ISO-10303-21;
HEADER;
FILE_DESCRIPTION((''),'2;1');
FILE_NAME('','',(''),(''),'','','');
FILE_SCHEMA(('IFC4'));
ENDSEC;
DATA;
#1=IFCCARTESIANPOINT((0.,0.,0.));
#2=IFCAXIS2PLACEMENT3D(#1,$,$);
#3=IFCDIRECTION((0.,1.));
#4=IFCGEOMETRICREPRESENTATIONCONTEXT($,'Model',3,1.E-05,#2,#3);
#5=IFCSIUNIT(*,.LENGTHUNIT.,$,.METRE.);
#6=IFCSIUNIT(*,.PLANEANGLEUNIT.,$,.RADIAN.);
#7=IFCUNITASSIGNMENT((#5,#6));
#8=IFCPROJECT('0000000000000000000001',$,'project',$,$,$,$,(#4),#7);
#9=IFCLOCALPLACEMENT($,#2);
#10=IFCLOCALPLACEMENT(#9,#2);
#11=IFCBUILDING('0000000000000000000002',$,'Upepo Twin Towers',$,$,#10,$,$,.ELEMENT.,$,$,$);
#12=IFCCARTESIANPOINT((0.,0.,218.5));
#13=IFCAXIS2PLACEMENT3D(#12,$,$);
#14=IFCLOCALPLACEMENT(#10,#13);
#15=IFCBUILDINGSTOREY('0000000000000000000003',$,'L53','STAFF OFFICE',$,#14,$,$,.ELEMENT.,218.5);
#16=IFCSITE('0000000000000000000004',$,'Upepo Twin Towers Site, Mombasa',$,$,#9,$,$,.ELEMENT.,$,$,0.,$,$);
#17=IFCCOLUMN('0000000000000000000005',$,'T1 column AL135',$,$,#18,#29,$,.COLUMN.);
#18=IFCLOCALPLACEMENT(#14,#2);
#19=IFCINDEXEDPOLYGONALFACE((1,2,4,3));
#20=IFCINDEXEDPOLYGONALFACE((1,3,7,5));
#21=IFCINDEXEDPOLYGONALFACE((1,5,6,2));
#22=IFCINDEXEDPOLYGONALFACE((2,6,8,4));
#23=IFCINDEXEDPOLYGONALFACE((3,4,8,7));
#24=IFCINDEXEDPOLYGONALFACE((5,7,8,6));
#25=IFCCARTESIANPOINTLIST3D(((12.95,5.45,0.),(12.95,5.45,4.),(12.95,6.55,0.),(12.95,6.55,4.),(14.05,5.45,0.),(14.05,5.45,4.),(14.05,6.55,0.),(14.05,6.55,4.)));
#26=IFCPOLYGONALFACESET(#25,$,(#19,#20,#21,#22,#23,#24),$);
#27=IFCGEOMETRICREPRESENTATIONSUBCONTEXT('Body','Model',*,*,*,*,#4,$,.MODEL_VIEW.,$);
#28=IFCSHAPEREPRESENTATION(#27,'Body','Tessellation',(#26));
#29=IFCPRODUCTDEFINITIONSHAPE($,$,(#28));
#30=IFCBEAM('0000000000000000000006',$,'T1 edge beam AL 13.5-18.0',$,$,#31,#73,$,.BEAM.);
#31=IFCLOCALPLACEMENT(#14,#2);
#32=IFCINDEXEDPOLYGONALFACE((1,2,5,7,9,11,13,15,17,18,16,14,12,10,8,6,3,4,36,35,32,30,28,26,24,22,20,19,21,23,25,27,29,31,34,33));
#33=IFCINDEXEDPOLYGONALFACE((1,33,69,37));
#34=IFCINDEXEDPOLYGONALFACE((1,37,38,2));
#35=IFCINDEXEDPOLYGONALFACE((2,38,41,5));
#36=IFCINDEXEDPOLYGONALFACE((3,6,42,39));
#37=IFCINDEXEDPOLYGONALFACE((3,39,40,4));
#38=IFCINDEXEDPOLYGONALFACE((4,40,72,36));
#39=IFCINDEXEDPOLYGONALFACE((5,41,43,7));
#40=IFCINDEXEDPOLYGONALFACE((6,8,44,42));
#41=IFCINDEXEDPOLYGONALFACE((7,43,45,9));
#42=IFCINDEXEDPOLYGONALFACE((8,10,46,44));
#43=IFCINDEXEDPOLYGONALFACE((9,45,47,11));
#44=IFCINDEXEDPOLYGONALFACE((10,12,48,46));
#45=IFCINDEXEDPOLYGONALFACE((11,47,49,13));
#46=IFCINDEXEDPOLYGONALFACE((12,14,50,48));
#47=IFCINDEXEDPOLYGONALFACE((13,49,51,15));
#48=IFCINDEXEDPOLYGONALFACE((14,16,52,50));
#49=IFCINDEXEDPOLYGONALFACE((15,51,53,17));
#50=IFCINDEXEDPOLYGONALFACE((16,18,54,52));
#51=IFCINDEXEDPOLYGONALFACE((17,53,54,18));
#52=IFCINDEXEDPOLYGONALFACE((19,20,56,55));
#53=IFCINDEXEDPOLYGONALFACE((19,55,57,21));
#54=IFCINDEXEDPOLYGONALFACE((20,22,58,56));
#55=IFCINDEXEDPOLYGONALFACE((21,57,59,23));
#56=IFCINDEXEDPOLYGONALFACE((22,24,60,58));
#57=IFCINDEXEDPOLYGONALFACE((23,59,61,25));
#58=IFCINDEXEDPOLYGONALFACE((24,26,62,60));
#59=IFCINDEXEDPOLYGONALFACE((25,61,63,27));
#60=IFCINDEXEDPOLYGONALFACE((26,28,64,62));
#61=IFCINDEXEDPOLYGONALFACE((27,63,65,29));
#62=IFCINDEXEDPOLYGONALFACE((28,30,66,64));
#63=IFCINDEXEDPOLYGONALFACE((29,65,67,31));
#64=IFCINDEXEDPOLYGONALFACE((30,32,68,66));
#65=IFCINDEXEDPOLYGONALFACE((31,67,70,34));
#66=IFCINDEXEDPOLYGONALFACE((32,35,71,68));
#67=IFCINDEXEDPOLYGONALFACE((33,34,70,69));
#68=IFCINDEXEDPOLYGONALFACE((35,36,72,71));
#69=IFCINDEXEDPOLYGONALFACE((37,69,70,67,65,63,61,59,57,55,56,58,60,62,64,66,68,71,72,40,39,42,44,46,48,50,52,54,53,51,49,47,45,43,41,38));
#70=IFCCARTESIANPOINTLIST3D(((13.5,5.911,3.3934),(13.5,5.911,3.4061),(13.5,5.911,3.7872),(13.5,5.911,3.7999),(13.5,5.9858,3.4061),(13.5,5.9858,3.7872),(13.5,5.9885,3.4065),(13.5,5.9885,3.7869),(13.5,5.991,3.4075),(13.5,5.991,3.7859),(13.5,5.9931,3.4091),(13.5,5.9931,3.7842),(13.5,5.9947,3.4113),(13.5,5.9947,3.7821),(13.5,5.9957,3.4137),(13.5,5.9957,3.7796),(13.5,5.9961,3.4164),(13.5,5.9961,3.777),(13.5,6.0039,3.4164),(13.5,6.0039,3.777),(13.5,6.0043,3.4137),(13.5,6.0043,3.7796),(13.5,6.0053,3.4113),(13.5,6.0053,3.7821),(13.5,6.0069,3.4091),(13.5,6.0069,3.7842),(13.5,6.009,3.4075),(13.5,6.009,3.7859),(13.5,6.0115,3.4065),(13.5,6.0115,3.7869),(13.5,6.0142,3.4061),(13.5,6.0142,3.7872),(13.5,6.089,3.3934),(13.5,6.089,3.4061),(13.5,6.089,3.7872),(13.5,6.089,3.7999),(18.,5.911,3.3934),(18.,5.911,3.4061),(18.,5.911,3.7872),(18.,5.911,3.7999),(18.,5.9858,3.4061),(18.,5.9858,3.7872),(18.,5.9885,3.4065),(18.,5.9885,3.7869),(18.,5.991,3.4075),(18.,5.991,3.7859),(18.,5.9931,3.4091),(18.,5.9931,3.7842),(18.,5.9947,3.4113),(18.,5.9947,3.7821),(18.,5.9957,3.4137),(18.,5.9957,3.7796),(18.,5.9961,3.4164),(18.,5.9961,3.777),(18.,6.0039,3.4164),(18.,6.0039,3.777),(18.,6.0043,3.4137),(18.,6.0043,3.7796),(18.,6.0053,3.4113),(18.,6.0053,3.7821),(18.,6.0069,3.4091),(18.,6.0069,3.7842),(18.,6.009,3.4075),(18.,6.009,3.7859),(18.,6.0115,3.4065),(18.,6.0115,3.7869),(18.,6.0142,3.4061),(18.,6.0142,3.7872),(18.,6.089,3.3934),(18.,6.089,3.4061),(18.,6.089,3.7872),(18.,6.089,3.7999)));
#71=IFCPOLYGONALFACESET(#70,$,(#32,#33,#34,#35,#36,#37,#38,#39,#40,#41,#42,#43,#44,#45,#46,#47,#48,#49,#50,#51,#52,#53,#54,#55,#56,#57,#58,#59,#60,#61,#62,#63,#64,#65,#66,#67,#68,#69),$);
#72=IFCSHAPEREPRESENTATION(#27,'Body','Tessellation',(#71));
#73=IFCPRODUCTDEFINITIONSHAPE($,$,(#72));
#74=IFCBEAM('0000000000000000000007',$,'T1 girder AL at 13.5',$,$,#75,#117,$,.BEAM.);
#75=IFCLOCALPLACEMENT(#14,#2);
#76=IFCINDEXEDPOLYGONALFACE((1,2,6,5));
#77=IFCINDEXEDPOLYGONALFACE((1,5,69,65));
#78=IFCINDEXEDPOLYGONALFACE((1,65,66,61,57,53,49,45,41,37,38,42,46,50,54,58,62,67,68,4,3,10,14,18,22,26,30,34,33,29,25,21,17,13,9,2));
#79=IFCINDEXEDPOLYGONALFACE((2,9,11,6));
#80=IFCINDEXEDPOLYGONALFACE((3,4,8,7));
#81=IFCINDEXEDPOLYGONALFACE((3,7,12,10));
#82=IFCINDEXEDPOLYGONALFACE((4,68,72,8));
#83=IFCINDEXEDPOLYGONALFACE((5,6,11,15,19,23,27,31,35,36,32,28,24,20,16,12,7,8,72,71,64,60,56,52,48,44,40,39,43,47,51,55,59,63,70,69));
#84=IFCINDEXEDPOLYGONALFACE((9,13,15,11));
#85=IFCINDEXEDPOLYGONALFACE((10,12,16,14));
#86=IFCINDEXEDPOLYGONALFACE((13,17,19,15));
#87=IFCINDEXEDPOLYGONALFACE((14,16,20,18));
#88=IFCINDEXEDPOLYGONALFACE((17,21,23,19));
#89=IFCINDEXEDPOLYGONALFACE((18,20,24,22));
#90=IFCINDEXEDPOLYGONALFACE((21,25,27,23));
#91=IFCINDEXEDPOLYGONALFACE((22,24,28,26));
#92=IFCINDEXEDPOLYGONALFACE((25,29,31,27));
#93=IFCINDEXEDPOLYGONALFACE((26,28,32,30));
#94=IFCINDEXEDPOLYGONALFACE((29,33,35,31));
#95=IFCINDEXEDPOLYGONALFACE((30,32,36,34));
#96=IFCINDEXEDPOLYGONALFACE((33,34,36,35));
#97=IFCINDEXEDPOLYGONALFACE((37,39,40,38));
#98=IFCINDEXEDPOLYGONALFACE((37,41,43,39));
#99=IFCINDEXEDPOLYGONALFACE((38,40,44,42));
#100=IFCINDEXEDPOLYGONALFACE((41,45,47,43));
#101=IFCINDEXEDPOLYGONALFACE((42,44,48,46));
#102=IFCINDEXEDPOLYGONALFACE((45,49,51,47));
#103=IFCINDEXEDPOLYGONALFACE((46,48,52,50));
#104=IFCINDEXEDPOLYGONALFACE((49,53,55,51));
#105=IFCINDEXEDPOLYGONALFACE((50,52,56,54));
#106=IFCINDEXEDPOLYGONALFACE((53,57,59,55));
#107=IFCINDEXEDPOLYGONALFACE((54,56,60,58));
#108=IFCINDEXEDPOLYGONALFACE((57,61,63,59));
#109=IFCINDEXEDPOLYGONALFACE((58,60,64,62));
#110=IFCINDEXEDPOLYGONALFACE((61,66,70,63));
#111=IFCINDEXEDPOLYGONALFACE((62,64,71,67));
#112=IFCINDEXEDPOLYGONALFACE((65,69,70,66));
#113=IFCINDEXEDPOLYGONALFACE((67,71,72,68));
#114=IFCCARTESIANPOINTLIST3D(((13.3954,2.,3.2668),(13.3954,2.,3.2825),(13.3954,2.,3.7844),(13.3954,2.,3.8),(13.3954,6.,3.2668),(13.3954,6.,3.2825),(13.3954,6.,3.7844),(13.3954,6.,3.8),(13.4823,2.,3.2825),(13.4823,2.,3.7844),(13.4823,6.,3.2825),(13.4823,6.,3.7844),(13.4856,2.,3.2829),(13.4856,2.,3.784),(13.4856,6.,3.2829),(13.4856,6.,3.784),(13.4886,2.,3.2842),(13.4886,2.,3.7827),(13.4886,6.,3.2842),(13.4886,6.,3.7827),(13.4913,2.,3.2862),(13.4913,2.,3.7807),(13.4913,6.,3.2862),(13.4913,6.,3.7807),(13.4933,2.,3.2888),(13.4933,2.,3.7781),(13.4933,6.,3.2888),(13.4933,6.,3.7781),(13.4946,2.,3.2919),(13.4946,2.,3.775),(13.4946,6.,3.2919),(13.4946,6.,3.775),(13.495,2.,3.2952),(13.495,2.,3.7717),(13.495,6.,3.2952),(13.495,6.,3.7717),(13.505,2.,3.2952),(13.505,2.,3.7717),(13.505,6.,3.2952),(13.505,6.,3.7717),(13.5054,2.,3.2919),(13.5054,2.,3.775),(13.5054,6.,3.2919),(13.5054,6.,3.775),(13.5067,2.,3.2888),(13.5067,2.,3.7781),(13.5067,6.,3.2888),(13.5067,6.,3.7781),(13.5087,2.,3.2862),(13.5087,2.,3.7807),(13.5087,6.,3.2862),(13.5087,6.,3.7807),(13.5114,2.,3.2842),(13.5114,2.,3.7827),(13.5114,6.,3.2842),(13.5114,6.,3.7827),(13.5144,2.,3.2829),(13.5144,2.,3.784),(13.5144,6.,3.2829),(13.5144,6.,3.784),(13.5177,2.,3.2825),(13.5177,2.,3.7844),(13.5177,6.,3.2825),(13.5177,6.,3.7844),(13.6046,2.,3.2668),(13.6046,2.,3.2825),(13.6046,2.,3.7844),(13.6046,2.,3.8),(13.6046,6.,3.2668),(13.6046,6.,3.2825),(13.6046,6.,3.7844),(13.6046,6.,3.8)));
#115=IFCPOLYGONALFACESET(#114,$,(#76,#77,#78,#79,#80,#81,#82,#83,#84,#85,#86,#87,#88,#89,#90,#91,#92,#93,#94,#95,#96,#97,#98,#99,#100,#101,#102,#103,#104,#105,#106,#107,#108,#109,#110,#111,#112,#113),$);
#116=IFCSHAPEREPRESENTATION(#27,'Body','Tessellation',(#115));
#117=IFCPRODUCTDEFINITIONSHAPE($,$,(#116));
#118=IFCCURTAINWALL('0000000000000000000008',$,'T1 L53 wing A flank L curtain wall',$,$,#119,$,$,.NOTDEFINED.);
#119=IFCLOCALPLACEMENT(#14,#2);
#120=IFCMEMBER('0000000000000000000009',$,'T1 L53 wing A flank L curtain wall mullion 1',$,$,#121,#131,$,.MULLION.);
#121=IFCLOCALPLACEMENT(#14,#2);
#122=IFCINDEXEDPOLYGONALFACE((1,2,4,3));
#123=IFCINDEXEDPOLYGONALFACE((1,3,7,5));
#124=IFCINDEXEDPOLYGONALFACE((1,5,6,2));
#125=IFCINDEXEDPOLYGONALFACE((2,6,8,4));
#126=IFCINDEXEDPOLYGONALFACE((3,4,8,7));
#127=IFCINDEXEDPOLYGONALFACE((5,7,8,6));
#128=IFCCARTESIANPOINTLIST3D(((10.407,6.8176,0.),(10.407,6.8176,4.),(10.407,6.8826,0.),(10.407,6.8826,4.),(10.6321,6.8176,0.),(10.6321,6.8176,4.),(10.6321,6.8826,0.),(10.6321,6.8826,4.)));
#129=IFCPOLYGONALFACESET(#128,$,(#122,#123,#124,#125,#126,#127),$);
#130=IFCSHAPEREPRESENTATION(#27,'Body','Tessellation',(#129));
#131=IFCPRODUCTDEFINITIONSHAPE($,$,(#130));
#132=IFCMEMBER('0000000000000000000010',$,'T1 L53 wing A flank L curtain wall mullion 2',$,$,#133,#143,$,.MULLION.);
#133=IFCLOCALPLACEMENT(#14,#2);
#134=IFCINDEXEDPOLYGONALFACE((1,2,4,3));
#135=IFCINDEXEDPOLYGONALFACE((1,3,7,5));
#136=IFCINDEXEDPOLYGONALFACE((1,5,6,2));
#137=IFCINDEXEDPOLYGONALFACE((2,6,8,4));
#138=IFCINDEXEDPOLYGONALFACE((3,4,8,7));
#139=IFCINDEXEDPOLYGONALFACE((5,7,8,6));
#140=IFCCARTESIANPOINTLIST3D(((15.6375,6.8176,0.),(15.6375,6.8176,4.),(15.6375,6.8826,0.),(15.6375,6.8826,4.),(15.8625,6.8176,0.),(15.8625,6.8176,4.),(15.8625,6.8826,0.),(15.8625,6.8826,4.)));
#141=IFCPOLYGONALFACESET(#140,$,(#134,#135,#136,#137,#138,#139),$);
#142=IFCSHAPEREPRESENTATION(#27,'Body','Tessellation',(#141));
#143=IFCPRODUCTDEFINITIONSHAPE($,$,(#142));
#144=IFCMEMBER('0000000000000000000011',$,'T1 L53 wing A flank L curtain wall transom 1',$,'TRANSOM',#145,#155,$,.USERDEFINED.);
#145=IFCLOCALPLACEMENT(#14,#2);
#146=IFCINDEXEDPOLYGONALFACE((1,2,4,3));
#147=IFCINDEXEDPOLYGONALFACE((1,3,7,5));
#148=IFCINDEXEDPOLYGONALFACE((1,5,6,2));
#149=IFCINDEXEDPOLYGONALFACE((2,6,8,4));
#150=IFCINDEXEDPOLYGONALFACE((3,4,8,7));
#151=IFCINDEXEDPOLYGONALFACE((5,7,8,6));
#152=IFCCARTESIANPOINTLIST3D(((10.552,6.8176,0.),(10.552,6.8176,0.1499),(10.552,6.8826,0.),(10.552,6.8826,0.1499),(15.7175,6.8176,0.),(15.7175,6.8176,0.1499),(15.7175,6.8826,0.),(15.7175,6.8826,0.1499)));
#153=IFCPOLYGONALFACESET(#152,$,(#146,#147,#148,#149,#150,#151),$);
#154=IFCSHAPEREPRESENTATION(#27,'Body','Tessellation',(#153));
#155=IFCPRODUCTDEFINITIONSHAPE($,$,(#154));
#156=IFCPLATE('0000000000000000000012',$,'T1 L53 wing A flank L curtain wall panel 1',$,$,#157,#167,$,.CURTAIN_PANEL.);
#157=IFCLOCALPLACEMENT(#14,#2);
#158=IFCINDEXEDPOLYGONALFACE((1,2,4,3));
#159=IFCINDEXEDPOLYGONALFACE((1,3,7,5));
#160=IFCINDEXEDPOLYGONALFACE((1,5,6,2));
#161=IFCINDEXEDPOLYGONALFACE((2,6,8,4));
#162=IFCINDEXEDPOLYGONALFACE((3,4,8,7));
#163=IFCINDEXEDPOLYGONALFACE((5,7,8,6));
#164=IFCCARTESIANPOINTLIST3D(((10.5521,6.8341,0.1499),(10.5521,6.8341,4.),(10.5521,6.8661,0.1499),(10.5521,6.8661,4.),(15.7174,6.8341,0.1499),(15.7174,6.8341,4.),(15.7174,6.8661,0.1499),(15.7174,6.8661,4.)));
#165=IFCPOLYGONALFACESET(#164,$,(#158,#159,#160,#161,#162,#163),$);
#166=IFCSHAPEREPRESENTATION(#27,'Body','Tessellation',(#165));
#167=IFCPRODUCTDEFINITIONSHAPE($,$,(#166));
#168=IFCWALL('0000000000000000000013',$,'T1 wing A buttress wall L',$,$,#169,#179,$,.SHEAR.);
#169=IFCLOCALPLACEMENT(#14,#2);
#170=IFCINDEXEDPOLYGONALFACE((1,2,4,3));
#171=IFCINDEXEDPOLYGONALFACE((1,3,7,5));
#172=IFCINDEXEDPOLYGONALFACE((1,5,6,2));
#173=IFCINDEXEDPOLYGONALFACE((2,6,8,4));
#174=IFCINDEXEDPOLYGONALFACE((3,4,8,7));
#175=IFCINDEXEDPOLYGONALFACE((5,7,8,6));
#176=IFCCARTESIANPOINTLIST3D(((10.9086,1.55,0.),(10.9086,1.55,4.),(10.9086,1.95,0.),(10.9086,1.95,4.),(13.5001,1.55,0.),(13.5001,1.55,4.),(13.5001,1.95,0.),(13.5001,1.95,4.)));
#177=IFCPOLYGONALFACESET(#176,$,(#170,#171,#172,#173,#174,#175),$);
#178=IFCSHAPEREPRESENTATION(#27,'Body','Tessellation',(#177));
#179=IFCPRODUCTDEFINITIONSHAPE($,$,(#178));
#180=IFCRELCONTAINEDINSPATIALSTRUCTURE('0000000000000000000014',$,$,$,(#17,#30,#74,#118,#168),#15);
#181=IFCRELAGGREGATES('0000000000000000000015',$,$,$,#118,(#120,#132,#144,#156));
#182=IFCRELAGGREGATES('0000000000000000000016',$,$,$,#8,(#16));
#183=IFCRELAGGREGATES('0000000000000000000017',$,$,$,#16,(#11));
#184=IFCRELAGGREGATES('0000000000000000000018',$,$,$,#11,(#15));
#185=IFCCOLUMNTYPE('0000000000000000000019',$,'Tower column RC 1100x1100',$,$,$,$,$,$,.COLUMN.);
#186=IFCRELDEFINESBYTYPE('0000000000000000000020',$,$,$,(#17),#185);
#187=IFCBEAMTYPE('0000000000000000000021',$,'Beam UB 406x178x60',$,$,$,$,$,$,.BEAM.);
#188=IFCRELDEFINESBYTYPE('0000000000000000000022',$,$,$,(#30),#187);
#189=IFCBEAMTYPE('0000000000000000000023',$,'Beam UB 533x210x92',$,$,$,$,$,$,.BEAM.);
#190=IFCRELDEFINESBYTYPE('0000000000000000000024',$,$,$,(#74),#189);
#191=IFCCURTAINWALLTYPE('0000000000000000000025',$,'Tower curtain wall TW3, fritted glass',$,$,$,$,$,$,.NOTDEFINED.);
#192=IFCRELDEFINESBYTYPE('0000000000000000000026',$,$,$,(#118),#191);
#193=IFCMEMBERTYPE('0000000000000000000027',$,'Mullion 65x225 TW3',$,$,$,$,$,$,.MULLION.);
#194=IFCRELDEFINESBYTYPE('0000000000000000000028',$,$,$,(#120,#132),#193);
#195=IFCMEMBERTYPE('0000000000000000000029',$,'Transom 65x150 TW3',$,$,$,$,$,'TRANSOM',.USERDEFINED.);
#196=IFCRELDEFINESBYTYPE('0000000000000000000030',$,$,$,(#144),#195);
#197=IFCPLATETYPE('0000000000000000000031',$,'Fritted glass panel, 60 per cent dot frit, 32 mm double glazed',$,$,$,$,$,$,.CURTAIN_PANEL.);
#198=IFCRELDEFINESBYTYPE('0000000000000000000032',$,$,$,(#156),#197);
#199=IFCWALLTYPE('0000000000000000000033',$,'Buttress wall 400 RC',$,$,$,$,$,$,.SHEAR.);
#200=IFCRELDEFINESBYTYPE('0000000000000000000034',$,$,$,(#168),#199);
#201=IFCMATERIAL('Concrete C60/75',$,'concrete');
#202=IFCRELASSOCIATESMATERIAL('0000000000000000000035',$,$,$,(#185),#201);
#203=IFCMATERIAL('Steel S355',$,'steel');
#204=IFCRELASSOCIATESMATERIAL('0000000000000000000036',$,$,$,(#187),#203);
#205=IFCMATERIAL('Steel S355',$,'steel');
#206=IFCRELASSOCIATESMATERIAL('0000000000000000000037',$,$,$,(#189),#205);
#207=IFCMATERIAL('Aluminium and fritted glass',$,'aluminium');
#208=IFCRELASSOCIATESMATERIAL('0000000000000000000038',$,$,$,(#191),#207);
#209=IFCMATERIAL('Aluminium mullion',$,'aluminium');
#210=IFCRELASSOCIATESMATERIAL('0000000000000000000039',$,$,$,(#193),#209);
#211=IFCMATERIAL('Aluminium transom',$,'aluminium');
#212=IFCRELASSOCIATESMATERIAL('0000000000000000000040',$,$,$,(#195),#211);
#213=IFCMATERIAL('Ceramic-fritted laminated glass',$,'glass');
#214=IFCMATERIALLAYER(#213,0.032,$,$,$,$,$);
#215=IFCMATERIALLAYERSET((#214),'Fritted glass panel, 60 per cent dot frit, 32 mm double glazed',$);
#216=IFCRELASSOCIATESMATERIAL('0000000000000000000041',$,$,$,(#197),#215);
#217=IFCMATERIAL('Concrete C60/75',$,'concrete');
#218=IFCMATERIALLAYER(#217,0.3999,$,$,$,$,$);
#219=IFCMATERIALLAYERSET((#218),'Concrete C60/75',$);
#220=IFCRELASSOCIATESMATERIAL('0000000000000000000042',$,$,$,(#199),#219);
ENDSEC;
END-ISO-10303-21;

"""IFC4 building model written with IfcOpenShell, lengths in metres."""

from ifc_helpers import new_model, si_unit, direction, frame, frame_2d, origin, origin_2d, place, context, subcontext, project, spatial, rectangle, i_section, extrude, material, layer, layer_set, material_profile, profile_set, type_object, element, aggregate, save


model = new_model("IFC4")

# Units and contexts
model_context = context("Model", 3, precision=1e-05, world=origin(), true_north=direction((0.0, 1.0)))
body_context = subcontext(model_context, "Body", "Model", "MODEL_VIEW")
ifc_project = project(units=[si_unit("LENGTHUNIT", "METRE"), si_unit("PLANEANGLEUNIT", "RADIAN")], contexts=[model_context])

# Site, building, storey
site_placement = place(None, origin())
site = spatial("IfcSite", under=ifc_project, at=site_placement, Name="Upepo Twin Towers Site, Mombasa", CompositionType="ELEMENT", RefElevation=0.0)
building_placement = place(site_placement, origin())
building = spatial("IfcBuilding", under=site, at=building_placement, Name="Upepo Twin Towers", CompositionType="ELEMENT")
storey_placement = place(building_placement, frame((0.0, 0.0, 218.5)))
storey = spatial("IfcBuildingStorey", under=building, at=storey_placement, Name="L53", Description="STAFF OFFICE", CompositionType="ELEMENT", Elevation=218.5)

# Column
ifc_material_1 = material(Name="Concrete C60/75", Category="concrete")
ifc_material_profile_1 = material_profile(ifc_material_1, rectangle(XDim=1.1001, YDim=1.1001, at=origin_2d()), Name="RC 1100x1100")
ifc_profile_set_1 = profile_set([ifc_material_profile_1], Name="Concrete C60/75")
column_type = type_object("IfcColumnType", Name="Tower column RC 1100x1100", PredefinedType="COLUMN", material=ifc_profile_set_1)
column_placement = place(storey_placement, frame((13.5, 6.0, 0.0), z_axis=(0.0, 0.0, 1.0), x_axis=(1.0, 0.0, 0.0)))
element("IfcColumn", 1, at=column_placement, inside=storey, type_object=column_type, Name="T1 column AL135", PredefinedType="COLUMN", context=body_context, shape_type="SweptSolid", body=[
    extrude(rectangle(XDim=1.1001, YDim=1.1001, at=origin_2d()), origin(), (0.0, 0.0, 1.0), 4.0),
])

# Beams
ifc_material_2 = material(Name="Steel S355", Category="steel")
ifc_material_profile_2 = material_profile(ifc_material_2, i_section(OverallWidth=0.178, OverallDepth=0.4065, WebThickness=0.0078, FlangeThickness=0.0127, FilletRadius=0.0103, at=origin_2d()), Name="UB 406x178x60")
ifc_profile_set_2 = profile_set([ifc_material_profile_2], Name="Steel S355")
beam_type_1 = type_object("IfcBeamType", Name="Beam UB 406x178x60", PredefinedType="BEAM", material=ifc_profile_set_2)
beam_1_placement = place(storey_placement, frame((13.5, 6.0, 3.5967), z_axis=(1.0, 0.0, 0.0), x_axis=(0.0, 1.0, 0.0)))
element("IfcBeam", 2, at=beam_1_placement, inside=storey, type_object=beam_type_1, Name="T1 edge beam AL 13.5-18.0", PredefinedType="BEAM", context=body_context, shape_type="SweptSolid", body=[
    extrude(i_section(OverallWidth=0.178, OverallDepth=0.4065, WebThickness=0.0078, FlangeThickness=0.0127, FilletRadius=0.0103, at=origin_2d()), origin(), (0.0, 0.0, 1.0), 4.5),
])
ifc_material_3 = material(Name="Steel S355", Category="steel")
ifc_material_profile_3 = material_profile(ifc_material_3, i_section(OverallWidth=0.2092, OverallDepth=0.5332, WebThickness=0.01, FlangeThickness=0.0156, FilletRadius=0.0127, at=origin_2d()), Name="UB 533x210x92")
ifc_profile_set_3 = profile_set([ifc_material_profile_3], Name="Steel S355")
beam_type_2 = type_object("IfcBeamType", Name="Beam UB 533x210x92", PredefinedType="BEAM", material=ifc_profile_set_3)
beam_2_placement = place(storey_placement, frame((13.5, 6.0, 3.5334), z_axis=(0.0, -1.0, 0.0), x_axis=(1.0, 0.0, 0.0)))
element("IfcBeam", 3, at=beam_2_placement, inside=storey, type_object=beam_type_2, Name="T1 girder AL at 13.5", PredefinedType="BEAM", context=body_context, shape_type="SweptSolid", body=[
    extrude(i_section(OverallWidth=0.2092, OverallDepth=0.5332, WebThickness=0.01, FlangeThickness=0.0156, FilletRadius=0.0127, at=origin_2d()), origin(), (0.0, 0.0, 1.0), 4.0),
])

# Curtain wall, members, plate
ifc_material_4 = material(Name="Aluminium and fritted glass", Category="aluminium")
curtain_wall_type = type_object("IfcCurtainWallType", Name="Tower curtain wall TW3, fritted glass", PredefinedType="NOTDEFINED", material=ifc_material_4)
curtain_wall_placement = place(storey_placement, origin())
curtain_wall = element("IfcCurtainWall", 4, at=curtain_wall_placement, inside=storey, type_object=curtain_wall_type, Name="T1 L53 wing A flank L curtain wall", PredefinedType="NOTDEFINED")
ifc_material_5 = material(Name="Aluminium mullion", Category="aluminium")
ifc_material_profile_4 = material_profile(ifc_material_5, rectangle(XDim=0.0649, YDim=0.2251, at=origin_2d()), Name="MULLION 65x225")
ifc_profile_set_4 = profile_set([ifc_material_profile_4], Name="Aluminium mullion")
member_type_1 = type_object("IfcMemberType", Name="Mullion 65x225 TW3", PredefinedType="MULLION", material=ifc_profile_set_4)
member_1_placement = place(storey_placement, frame((10.5195, 6.8501, 0.0), z_axis=(0.0, 0.0, 1.0), x_axis=(0.0, 1.0, 0.0)))
member_1 = element("IfcMember", 5, at=member_1_placement, type_object=member_type_1, Name="T1 L53 wing A flank L curtain wall mullion 1", PredefinedType="MULLION", context=body_context, shape_type="SweptSolid", body=[
    extrude(rectangle(XDim=0.0649, YDim=0.2251, at=origin_2d()), origin(), (0.0, 0.0, 1.0), 4.0),
])
member_2_placement = place(storey_placement, frame((15.75, 6.8501, 0.0), z_axis=(0.0, 0.0, 1.0), x_axis=(0.0, 1.0, 0.0)))
member_2 = element("IfcMember", 6, at=member_2_placement, type_object=member_type_1, Name="T1 L53 wing A flank L curtain wall mullion 2", PredefinedType="MULLION", context=body_context, shape_type="SweptSolid", body=[
    extrude(rectangle(XDim=0.0649, YDim=0.2251, at=origin_2d()), origin(), (0.0, 0.0, 1.0), 4.0),
])
ifc_material_6 = material(Name="Aluminium transom", Category="aluminium")
ifc_material_profile_5 = material_profile(ifc_material_6, rectangle(XDim=0.0649, YDim=0.1499, at=origin_2d()), Name="TRANSOM 65x150")
ifc_profile_set_5 = profile_set([ifc_material_profile_5], Name="Aluminium transom")
member_type_2 = type_object("IfcMemberType", Name="Transom 65x150 TW3", ElementType="TRANSOM", PredefinedType="USERDEFINED", material=ifc_profile_set_5)
member_3_placement = place(storey_placement, frame((10.552, 6.8501, 0.075), z_axis=(1.0, 0.0, 0.0), x_axis=(0.0, 1.0, 0.0)))
member_3 = element("IfcMember", 7, at=member_3_placement, type_object=member_type_2, Name="T1 L53 wing A flank L curtain wall transom 1", ObjectType="TRANSOM", PredefinedType="USERDEFINED", context=body_context, shape_type="SweptSolid", body=[
    extrude(rectangle(XDim=0.0649, YDim=0.1499, at=origin_2d()), origin(), (0.0, 0.0, 1.0), 5.1655),
])
ifc_material_7 = material(Name="Ceramic-fritted laminated glass", Category="glass")
ifc_layer_1 = layer(ifc_material_7, 0.032)
ifc_layer_set_1 = layer_set([ifc_layer_1], Name="Fritted glass panel, 60 per cent dot frit, 32 mm double glazed")
plate_type = type_object("IfcPlateType", Name="Fritted glass panel, 60 per cent dot frit, 32 mm double glazed", PredefinedType="CURTAIN_PANEL", material=ifc_layer_set_1)
plate_placement = place(storey_placement, frame((13.1348, 6.8501, 0.1499), z_axis=(0.0, 0.0, 1.0), x_axis=(1.0, 0.0, 0.0)))
plate = element("IfcPlate", 8, at=plate_placement, type_object=plate_type, Name="T1 L53 wing A flank L curtain wall panel 1", PredefinedType="CURTAIN_PANEL", context=body_context, shape_type="SweptSolid", body=[
    extrude(rectangle(XDim=5.1653, YDim=0.032, at=origin_2d()), origin(), (0.0, 0.0, 1.0), 3.8501),
])
aggregate(curtain_wall, [member_1, member_2, member_3, plate])

# Wall
ifc_material_8 = material(Name="Concrete C60/75", Category="concrete")
ifc_layer_2 = layer(ifc_material_8, 0.3999)
ifc_layer_set_2 = layer_set([ifc_layer_2], Name="Concrete C60/75")
wall_type_1 = type_object("IfcWallType", Name="Buttress wall 400 RC", PredefinedType="SHEAR", material=ifc_layer_set_2)
wall_1_placement = place(storey_placement, frame((10.9084, 1.75, 0.0), z_axis=(0.0, 0.0, 1.0), x_axis=(1.0, 0.0, 0.0)))
element("IfcWall", 9, at=wall_1_placement, inside=storey, type_object=wall_type_1, Name="T1 wing A buttress wall L", PredefinedType="SHEAR", context=body_context, shape_type="SweptSolid", body=[
    extrude(rectangle(XDim=2.5916, YDim=0.3999, at=frame_2d((1.2959, 0.0))), origin(), (0.0, 0.0, 1.0), 4.0),
])

save(model, "model.ifc")
